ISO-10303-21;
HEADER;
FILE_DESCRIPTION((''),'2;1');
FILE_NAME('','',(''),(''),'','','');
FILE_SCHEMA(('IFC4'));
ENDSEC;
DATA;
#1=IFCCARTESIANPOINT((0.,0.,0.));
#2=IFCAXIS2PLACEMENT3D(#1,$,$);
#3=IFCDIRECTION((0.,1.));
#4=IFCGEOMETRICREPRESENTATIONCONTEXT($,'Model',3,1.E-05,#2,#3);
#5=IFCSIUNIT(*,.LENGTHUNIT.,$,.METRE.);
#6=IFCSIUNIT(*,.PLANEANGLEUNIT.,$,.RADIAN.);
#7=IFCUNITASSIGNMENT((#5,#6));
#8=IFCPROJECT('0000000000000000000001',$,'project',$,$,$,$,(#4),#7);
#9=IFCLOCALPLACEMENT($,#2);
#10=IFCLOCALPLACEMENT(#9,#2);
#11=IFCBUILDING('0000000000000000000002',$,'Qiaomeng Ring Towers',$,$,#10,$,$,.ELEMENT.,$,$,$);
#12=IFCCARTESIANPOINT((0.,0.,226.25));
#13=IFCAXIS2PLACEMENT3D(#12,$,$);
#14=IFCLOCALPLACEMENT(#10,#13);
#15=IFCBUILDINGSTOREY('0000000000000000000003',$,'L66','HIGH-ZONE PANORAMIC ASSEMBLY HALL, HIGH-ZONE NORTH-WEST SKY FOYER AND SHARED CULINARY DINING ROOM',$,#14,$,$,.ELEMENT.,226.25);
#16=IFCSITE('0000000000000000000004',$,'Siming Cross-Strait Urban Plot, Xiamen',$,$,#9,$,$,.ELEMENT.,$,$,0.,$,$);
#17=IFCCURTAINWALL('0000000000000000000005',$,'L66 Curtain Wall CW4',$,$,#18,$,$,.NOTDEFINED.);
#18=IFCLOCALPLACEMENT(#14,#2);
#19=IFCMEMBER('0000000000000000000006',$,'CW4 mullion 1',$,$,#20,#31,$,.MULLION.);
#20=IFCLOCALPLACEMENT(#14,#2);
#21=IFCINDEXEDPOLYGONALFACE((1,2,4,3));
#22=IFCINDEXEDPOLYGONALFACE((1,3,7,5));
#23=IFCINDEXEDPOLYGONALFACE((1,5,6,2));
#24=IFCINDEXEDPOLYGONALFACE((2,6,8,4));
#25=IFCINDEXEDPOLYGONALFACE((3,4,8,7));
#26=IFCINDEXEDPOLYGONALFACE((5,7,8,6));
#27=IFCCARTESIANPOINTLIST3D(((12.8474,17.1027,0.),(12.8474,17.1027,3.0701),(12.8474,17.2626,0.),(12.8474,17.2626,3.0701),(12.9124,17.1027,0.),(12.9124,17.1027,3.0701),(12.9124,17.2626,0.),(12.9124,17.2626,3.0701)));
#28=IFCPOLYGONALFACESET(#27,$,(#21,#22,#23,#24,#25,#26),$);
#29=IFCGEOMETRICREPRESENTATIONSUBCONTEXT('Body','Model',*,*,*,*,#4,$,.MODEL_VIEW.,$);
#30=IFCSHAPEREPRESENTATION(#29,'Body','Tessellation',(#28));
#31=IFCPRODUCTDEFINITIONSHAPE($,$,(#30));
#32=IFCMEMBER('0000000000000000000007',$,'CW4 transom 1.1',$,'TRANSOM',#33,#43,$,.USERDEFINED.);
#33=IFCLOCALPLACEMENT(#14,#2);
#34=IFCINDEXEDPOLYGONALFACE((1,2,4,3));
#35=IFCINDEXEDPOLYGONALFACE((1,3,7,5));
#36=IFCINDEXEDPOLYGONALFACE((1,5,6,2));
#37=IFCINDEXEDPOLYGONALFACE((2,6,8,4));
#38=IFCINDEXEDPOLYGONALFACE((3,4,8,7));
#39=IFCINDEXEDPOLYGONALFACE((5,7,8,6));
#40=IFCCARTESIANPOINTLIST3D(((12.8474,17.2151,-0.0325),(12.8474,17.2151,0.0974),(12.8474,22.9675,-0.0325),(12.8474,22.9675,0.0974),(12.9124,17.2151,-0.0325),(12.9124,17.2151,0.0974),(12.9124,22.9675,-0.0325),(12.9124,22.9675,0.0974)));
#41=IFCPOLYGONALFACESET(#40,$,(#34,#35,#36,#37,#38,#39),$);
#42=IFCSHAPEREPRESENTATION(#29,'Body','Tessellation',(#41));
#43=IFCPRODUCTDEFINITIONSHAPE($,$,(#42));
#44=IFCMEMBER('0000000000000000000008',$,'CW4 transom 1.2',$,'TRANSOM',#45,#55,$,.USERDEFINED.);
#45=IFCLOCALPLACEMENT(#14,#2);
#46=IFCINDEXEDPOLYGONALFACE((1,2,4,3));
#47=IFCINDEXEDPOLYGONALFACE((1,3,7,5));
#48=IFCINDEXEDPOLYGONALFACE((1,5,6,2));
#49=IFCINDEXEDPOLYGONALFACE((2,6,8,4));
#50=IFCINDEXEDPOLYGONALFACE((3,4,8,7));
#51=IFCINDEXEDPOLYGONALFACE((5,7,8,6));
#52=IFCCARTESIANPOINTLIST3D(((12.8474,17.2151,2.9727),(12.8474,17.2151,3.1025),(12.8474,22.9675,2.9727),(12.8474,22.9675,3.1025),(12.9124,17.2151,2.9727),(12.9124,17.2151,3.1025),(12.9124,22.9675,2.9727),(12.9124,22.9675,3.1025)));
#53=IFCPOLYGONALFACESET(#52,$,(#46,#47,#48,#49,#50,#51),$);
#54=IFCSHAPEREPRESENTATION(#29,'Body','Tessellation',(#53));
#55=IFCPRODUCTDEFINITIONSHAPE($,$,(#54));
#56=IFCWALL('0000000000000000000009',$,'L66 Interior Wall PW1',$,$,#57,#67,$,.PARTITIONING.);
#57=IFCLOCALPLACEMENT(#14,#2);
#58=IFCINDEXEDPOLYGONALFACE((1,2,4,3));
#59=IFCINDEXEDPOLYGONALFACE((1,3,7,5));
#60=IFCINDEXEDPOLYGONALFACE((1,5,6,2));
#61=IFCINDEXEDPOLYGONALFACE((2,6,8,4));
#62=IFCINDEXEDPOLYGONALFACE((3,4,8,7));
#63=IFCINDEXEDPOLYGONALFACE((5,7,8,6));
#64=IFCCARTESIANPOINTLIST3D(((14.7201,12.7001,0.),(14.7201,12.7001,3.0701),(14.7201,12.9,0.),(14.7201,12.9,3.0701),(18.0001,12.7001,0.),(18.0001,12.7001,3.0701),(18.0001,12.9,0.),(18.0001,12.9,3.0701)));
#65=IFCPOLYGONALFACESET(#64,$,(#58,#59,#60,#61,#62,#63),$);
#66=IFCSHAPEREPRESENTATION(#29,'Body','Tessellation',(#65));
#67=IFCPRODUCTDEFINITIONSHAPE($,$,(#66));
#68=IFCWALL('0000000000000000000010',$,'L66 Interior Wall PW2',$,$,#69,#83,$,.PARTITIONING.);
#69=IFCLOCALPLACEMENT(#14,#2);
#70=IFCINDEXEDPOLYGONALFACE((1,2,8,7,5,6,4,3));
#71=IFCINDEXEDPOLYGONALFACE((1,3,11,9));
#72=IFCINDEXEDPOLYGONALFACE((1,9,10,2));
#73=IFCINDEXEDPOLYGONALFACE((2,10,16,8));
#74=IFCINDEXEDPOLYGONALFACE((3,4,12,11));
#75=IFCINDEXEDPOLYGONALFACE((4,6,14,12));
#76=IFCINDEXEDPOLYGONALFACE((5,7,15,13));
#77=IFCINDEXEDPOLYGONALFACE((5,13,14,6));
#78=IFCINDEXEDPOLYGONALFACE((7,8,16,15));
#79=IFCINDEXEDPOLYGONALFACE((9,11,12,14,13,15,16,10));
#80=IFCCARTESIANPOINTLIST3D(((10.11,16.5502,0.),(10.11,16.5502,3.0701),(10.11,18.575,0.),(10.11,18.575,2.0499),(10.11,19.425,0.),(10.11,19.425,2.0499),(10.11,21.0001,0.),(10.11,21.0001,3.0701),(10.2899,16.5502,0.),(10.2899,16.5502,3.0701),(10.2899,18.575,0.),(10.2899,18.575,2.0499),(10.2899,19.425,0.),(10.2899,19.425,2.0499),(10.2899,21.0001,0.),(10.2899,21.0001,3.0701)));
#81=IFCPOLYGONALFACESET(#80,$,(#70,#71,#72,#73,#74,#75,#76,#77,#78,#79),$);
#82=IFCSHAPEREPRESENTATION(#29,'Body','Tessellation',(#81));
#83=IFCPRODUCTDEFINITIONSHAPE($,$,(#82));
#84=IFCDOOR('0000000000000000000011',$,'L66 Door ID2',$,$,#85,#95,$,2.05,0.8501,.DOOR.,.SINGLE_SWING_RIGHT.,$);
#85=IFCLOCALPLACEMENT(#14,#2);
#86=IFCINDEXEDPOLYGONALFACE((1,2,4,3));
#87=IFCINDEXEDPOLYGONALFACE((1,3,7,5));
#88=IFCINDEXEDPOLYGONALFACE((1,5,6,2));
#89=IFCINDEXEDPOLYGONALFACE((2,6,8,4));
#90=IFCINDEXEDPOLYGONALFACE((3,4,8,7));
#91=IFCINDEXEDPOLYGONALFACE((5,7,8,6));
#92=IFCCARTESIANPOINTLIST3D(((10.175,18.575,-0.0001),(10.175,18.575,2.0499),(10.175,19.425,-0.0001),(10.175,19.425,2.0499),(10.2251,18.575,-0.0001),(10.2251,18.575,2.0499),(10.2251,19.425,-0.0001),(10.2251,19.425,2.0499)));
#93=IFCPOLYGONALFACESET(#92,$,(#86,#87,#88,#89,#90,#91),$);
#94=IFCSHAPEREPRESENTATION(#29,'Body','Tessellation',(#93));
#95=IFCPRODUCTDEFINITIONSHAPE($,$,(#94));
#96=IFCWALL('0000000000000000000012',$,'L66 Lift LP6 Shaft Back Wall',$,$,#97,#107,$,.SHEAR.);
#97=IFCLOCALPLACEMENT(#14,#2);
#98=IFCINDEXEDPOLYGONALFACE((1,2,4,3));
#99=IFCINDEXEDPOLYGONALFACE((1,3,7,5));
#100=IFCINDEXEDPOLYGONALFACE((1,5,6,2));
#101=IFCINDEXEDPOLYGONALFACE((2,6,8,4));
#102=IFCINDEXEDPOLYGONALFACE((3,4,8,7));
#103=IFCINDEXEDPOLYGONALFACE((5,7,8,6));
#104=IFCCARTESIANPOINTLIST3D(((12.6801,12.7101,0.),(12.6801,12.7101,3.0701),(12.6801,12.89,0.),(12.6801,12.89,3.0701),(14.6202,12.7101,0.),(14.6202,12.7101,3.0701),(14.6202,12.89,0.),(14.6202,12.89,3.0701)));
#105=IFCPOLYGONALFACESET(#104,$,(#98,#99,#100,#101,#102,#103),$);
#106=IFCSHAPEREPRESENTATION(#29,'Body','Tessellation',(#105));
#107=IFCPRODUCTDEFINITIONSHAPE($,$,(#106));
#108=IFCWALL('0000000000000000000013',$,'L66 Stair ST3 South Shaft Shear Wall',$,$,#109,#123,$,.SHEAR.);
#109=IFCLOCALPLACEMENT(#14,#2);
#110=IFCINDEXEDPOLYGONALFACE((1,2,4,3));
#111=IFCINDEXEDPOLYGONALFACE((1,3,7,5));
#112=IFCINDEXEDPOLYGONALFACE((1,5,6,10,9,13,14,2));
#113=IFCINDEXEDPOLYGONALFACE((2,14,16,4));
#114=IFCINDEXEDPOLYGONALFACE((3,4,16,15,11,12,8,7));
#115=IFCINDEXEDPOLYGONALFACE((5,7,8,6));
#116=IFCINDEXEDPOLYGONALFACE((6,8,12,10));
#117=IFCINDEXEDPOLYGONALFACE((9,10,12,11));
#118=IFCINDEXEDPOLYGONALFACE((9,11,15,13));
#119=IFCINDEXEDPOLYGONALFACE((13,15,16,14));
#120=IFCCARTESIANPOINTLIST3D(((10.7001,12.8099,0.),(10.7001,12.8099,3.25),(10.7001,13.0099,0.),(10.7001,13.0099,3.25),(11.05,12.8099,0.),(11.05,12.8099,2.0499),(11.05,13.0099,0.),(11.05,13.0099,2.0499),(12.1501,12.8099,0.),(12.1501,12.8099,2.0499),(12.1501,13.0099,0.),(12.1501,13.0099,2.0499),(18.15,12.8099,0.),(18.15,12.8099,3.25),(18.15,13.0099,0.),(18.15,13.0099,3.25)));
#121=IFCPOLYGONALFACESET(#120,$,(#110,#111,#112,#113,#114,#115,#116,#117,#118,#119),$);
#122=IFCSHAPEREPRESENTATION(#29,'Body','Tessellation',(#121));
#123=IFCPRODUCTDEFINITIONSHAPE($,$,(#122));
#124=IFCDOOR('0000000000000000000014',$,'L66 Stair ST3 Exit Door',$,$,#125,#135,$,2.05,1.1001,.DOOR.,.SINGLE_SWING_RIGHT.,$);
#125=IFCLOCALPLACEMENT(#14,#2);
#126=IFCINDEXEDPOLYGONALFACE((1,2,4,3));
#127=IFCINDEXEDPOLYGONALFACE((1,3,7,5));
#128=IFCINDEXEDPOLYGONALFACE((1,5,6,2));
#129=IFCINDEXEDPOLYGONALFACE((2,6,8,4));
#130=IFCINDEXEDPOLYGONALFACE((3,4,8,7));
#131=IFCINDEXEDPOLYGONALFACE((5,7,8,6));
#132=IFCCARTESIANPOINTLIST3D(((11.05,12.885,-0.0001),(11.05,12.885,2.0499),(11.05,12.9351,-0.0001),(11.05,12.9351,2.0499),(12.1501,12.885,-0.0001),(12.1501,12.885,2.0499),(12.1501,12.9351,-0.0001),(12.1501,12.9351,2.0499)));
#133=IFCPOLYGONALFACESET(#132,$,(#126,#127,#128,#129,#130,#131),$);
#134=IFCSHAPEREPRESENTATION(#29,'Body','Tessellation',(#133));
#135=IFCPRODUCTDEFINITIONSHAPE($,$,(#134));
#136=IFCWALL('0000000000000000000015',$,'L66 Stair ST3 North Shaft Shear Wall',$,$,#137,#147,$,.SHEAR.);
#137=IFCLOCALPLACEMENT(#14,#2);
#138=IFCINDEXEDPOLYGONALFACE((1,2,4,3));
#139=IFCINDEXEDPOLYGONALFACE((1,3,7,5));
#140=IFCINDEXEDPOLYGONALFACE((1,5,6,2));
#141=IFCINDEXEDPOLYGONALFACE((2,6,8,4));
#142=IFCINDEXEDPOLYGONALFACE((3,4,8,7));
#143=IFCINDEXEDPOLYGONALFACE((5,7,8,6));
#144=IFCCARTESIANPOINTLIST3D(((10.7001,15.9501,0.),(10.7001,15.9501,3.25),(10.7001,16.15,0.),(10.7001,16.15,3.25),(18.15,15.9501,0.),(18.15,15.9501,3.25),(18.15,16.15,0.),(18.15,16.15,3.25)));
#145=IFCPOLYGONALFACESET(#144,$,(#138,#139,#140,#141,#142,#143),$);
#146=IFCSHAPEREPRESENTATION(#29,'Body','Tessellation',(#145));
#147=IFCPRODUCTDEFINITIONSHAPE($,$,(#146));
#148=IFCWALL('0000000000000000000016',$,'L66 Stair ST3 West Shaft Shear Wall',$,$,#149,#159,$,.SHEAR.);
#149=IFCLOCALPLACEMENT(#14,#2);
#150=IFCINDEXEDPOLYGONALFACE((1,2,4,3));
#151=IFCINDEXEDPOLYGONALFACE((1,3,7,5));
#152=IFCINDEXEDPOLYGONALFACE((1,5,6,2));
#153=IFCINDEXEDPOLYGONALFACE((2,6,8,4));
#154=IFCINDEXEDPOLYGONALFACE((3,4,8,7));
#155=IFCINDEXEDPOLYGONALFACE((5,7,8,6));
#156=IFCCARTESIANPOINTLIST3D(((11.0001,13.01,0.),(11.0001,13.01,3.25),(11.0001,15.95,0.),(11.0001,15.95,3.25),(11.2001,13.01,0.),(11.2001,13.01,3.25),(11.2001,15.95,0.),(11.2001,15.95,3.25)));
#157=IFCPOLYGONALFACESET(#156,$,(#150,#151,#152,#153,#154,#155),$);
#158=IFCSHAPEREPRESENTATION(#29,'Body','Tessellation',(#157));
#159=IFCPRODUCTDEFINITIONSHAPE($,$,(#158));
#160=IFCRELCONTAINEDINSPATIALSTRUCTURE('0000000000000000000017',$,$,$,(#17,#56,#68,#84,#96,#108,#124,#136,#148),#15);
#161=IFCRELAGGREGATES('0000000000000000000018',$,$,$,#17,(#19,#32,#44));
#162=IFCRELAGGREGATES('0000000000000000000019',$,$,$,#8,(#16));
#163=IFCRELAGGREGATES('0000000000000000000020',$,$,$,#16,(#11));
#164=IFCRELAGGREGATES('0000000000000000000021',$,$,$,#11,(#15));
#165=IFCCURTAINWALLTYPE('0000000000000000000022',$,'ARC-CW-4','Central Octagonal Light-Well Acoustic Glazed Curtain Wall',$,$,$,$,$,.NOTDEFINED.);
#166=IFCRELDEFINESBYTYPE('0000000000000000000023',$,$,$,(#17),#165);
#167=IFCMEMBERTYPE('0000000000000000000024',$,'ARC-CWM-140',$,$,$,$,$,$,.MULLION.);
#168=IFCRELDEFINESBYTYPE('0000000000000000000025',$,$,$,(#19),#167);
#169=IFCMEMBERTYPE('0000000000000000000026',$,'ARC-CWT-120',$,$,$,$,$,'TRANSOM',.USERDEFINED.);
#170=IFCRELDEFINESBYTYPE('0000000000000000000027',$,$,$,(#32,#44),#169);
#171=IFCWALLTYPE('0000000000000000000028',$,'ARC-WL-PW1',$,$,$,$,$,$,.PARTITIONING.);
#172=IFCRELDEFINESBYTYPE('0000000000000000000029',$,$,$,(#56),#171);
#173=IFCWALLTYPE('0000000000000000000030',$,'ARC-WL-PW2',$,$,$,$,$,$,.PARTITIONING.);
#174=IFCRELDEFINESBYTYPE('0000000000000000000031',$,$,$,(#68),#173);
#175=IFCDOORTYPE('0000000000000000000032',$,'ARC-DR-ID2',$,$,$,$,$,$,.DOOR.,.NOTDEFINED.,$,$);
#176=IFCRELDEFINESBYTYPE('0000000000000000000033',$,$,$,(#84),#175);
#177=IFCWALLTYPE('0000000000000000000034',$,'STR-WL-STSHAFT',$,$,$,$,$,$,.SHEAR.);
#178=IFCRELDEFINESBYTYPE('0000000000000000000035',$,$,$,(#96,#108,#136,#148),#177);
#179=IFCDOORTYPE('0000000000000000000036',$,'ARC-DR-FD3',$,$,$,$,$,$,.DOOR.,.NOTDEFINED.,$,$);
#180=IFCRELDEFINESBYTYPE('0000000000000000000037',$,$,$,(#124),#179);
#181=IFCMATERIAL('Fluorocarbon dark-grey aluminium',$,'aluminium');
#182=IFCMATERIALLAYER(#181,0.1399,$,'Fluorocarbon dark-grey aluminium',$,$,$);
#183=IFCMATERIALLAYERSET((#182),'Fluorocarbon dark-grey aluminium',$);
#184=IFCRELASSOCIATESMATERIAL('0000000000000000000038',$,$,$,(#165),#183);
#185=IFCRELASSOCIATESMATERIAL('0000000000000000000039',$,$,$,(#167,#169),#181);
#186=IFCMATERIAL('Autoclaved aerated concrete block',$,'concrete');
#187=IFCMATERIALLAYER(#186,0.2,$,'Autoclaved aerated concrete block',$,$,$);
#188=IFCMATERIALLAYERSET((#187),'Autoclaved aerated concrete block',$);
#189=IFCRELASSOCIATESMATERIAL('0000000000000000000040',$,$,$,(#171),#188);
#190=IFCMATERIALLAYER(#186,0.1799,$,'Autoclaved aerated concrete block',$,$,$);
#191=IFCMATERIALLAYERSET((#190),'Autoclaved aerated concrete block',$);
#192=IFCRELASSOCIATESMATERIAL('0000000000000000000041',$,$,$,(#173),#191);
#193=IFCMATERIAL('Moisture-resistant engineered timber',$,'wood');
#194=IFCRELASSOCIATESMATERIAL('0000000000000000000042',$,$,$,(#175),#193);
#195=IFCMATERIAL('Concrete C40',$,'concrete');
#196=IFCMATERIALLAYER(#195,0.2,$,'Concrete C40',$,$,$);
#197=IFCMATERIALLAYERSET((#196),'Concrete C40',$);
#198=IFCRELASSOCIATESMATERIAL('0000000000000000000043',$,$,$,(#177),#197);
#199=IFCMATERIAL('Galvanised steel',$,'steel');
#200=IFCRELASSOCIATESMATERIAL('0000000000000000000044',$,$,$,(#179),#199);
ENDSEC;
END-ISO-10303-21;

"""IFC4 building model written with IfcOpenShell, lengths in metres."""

from ifc_helpers import new_model, si_unit, direction, frame, frame_2d, origin, origin_2d, place, context, subcontext, project, spatial, rectangle, extrude, source, transform, mapped, material, layer, layer_set, material_profile, profile_set, type_object, element, fill, aggregate, save


model = new_model("IFC4")

# Units and contexts
model_context = context("Model", 3, precision=1e-05, world=origin(), true_north=direction((0.0, 1.0)))
body_context = subcontext(model_context, "Body", "Model", "MODEL_VIEW")
ifc_project = project(units=[si_unit("LENGTHUNIT", "METRE"), si_unit("PLANEANGLEUNIT", "RADIAN")], contexts=[model_context])

# Site, building, storey
site_placement = place(None, origin())
site = spatial("IfcSite", under=ifc_project, at=site_placement, Name="Siming Cross-Strait Urban Plot, Xiamen", CompositionType="ELEMENT", RefElevation=0.0)
building_placement = place(site_placement, origin())
building = spatial("IfcBuilding", under=site, at=building_placement, Name="Qiaomeng Ring Towers", CompositionType="ELEMENT")
storey_placement = place(building_placement, frame((0.0, 0.0, 226.25)))
storey = spatial("IfcBuildingStorey", under=building, at=storey_placement, Name="L66", Description="HIGH-ZONE PANORAMIC ASSEMBLY HALL, HIGH-ZONE NORTH-WEST SKY FOYER AND SHARED CULINARY DINING ROOM", CompositionType="ELEMENT", Elevation=226.25)

# Shared definitions
ifc_material_1 = material(Name="Concrete C40", Category="concrete")

# Curtain wall, members
ifc_material_2 = material(Name="Fluorocarbon dark-grey aluminium", Category="aluminium")
ifc_layer_1 = layer(ifc_material_2, 0.1399, Name="Fluorocarbon dark-grey aluminium")
ifc_layer_set_1 = layer_set([ifc_layer_1], Name="Fluorocarbon dark-grey aluminium")
curtain_wall_type = type_object("IfcCurtainWallType", Name="ARC-CW-4", Description="Central Octagonal Light-Well Acoustic Glazed Curtain Wall", PredefinedType="NOTDEFINED", material=ifc_layer_set_1)
curtain_wall_placement = place(storey_placement, origin())
curtain_wall = element("IfcCurtainWall", 1, at=curtain_wall_placement, inside=storey, type_object=curtain_wall_type, Name="L66 Curtain Wall CW4", PredefinedType="NOTDEFINED")
ifc_material_profile_1 = material_profile(ifc_material_2, rectangle(XDim=0.0649, YDim=0.1599, at=origin_2d()), Name="ALU MULL 65x160")
ifc_profile_set_1 = profile_set([ifc_material_profile_1], Name="Fluorocarbon dark-grey aluminium")
member_type_1 = type_object("IfcMemberType", Name="ARC-CWM-140", PredefinedType="MULLION", material=ifc_profile_set_1)
shared_shape_1 = source(origin(), body_context, "Body", "SweptSolid", [
    extrude(rectangle(XDim=0.0649, YDim=0.1599, at=origin_2d()), origin(), (0.0, 0.0, 1.0), 3.0701),
])
member_1_placement = place(storey_placement, frame((12.8799, 17.1826, 0.0), z_axis=(0.0, 0.0, 1.0), x_axis=(-1.0, 0.0, 0.0)))
member_1 = element("IfcMember", 2, at=member_1_placement, type_object=member_type_1, Name="CW4 mullion 1", PredefinedType="MULLION", context=body_context, shape_type="MappedRepresentation", body=[
    mapped(shared_shape_1, transform((0.0, 0.0, 0.0), x_axis=(1.0, 0.0, 0.0), y_axis=(0.0, 1.0, 0.0), z_axis=(0.0, 0.0, 1.0), scale=1.0)),
])
ifc_material_profile_2 = material_profile(ifc_material_2, rectangle(XDim=0.0649, YDim=0.1299, at=origin_2d()), Name="ALU TRAN 65x130")
ifc_profile_set_2 = profile_set([ifc_material_profile_2], Name="Fluorocarbon dark-grey aluminium")
member_type_2 = type_object("IfcMemberType", Name="ARC-CWT-120", ElementType="TRANSOM", PredefinedType="USERDEFINED", material=ifc_profile_set_2)
shared_shape_2 = source(origin(), body_context, "Body", "SweptSolid", [
    extrude(rectangle(XDim=0.0649, YDim=0.1299, at=origin_2d()), origin(), (0.0, 0.0, 1.0), 5.7524),
])
member_2_placement = place(storey_placement, frame((12.8799, 17.2151, 0.0325), z_axis=(0.0, 1.0, 0.0), x_axis=(-1.0, 0.0, 0.0)))
member_2 = element("IfcMember", 3, at=member_2_placement, type_object=member_type_2, Name="CW4 transom 1.1", ObjectType="TRANSOM", PredefinedType="USERDEFINED", context=body_context, shape_type="MappedRepresentation", body=[
    mapped(shared_shape_2, transform((0.0, 0.0, 0.0), x_axis=(1.0, 0.0, 0.0), y_axis=(0.0, 1.0, 0.0), z_axis=(0.0, 0.0, 1.0), scale=1.0)),
])
member_3_placement = place(storey_placement, frame((12.8799, 17.2151, 3.0376), z_axis=(0.0, 1.0, 0.0), x_axis=(-1.0, 0.0, 0.0)))
member_3 = element("IfcMember", 4, at=member_3_placement, type_object=member_type_2, Name="CW4 transom 1.2", ObjectType="TRANSOM", PredefinedType="USERDEFINED", context=body_context, shape_type="MappedRepresentation", body=[
    mapped(shared_shape_2, transform((0.0, 0.0, 0.0), x_axis=(1.0, 0.0, 0.0), y_axis=(0.0, 1.0, 0.0), z_axis=(0.0, 0.0, 1.0), scale=1.0)),
])
aggregate(curtain_wall, [member_1, member_2, member_3])

# Wall
ifc_material_3 = material(Name="Autoclaved aerated concrete block", Category="concrete")
ifc_layer_2 = layer(ifc_material_3, 0.2, Name="Autoclaved aerated concrete block")
ifc_layer_set_2 = layer_set([ifc_layer_2], Name="Autoclaved aerated concrete block")
wall_type_1 = type_object("IfcWallType", Name="ARC-WL-PW1", PredefinedType="PARTITIONING", material=ifc_layer_set_2)
wall_1_placement = place(storey_placement, frame((14.72, 12.8, 0.0), z_axis=(0.0, 0.0, 1.0), x_axis=(1.0, 0.0, 0.0)))
element("IfcWall", 5, at=wall_1_placement, inside=storey, type_object=wall_type_1, Name="L66 Interior Wall PW1", PredefinedType="PARTITIONING", context=body_context, shape_type="SweptSolid", body=[
    extrude(rectangle(XDim=3.28, YDim=0.2, at=frame_2d((1.6401, 0.0))), origin(), (0.0, 0.0, 1.0), 3.0701),
])

# Wall, opening, door
ifc_layer_3 = layer(ifc_material_3, 0.1799, Name="Autoclaved aerated concrete block")
ifc_layer_set_3 = layer_set([ifc_layer_3], Name="Autoclaved aerated concrete block")
wall_type_2 = type_object("IfcWallType", Name="ARC-WL-PW2", PredefinedType="PARTITIONING", material=ifc_layer_set_3)
wall_2_placement = place(storey_placement, frame((10.2, 16.55, 0.0), z_axis=(0.0, 0.0, 1.0), x_axis=(0.0, 1.0, 0.0)))
wall_2 = element("IfcWall", 6, at=wall_2_placement, inside=storey, type_object=wall_type_2, Name="L66 Interior Wall PW2", PredefinedType="PARTITIONING", context=body_context, shape_type="SweptSolid", body=[
    extrude(rectangle(XDim=4.45, YDim=0.1799, at=frame_2d((2.2251, 0.0))), origin(), (0.0, 0.0, 1.0), 3.0701),
])
opening_1_placement = place(wall_2_placement, frame((2.0249, 0.0, 0.0)))
opening_1 = element("IfcOpeningElement", 7, at=opening_1_placement, cuts=wall_2, PredefinedType="OPENING", context=body_context, shape_type="SweptSolid", body=[
    extrude(rectangle(XDim=0.8501, YDim=2.05, at=frame_2d((0.425, 1.0249))), frame((0.0, 0.0999, 0.0), z_axis=(0.0, -1.0, 0.0), x_axis=(1.0, 0.0, 0.0)), (0.0, 0.0, 1.0), 0.2),
])
ifc_material_4 = material(Name="Moisture-resistant engineered timber", Category="wood")
door_type_1 = type_object("IfcDoorType", Name="ARC-DR-ID2", OperationType="NOTDEFINED", PredefinedType="DOOR", material=ifc_material_4)
shared_shape_3 = source(origin(), body_context, "Body", "SweptSolid", [
    extrude(rectangle(XDim=0.8501, YDim=2.05, at=frame_2d((0.425, 1.0249))), frame((0.0, 0.0249, 0.0), z_axis=(0.0, -1.0, 0.0), x_axis=(1.0, 0.0, 0.0)), (0.0, 0.0, 1.0), 0.05),
])
door_1_placement = place(opening_1_placement, origin())
door_1 = element("IfcDoor", 8, at=door_1_placement, inside=storey, type_object=door_type_1, Name="L66 Door ID2", OperationType="SINGLE_SWING_RIGHT", OverallHeight=2.05, OverallWidth=0.8501, PredefinedType="DOOR", context=body_context, shape_type="MappedRepresentation", body=[
    mapped(shared_shape_3, transform((0.0, 0.0, 0.0), x_axis=(1.0, 0.0, 0.0), y_axis=(0.0, 1.0, 0.0), z_axis=(0.0, 0.0, 1.0), scale=1.0)),
])
fill(opening_1, door_1)

# Wall
ifc_layer_4 = layer(ifc_material_1, 0.2, Name="Concrete C40")
ifc_layer_set_4 = layer_set([ifc_layer_4], Name="Concrete C40")
wall_type_3 = type_object("IfcWallType", Name="STR-WL-STSHAFT", PredefinedType="SHEAR", material=ifc_layer_set_4)
wall_3_placement = place(storey_placement, frame((12.6799, 12.8, 0.0), z_axis=(0.0, 0.0, 1.0), x_axis=(1.0, 0.0, 0.0)))
element("IfcWall", 9, at=wall_3_placement, inside=storey, type_object=wall_type_3, Name="L66 Lift LP6 Shaft Back Wall", PredefinedType="SHEAR", context=body_context, shape_type="SweptSolid", body=[
    extrude(rectangle(XDim=1.9402, YDim=0.1799, at=frame_2d((0.9702, 0.0))), origin(), (0.0, 0.0, 1.0), 3.0701),
])

# Wall, opening, door
wall_4_placement = place(storey_placement, frame((10.7, 12.9099, 0.0), z_axis=(0.0, 0.0, 1.0), x_axis=(1.0, 0.0, 0.0)))
wall_4 = element("IfcWall", 10, at=wall_4_placement, inside=storey, type_object=wall_type_3, Name="L66 Stair ST3 South Shaft Shear Wall", PredefinedType="SHEAR", context=body_context, shape_type="SweptSolid", body=[
    extrude(rectangle(XDim=7.45, YDim=0.2, at=frame_2d((3.7251, 0.0))), origin(), (0.0, 0.0, 1.0), 3.25),
])
opening_2_placement = place(wall_4_placement, frame((0.3501, 0.0, 0.0)))
opening_2 = element("IfcOpeningElement", 11, at=opening_2_placement, cuts=wall_4, PredefinedType="OPENING", context=body_context, shape_type="SweptSolid", body=[
    extrude(rectangle(XDim=1.1001, YDim=2.05, at=frame_2d((0.55, 1.0249))), frame((0.0, 0.1099, 0.0), z_axis=(0.0, -1.0, 0.0), x_axis=(1.0, 0.0, 0.0)), (0.0, 0.0, 1.0), 0.22),
])
ifc_material_5 = material(Name="Galvanised steel", Category="steel")
door_type_2 = type_object("IfcDoorType", Name="ARC-DR-FD3", OperationType="NOTDEFINED", PredefinedType="DOOR", material=ifc_material_5)
shared_shape_4 = source(origin(), body_context, "Body", "SweptSolid", [
    extrude(rectangle(XDim=1.1001, YDim=2.05, at=frame_2d((0.55, 1.0249))), frame((0.0, 0.0249, 0.0), z_axis=(0.0, -1.0, 0.0), x_axis=(1.0, 0.0, 0.0)), (0.0, 0.0, 1.0), 0.05),
])
door_2_placement = place(opening_2_placement, frame((1.1001, 0.0, 0.0), z_axis=(0.0, 0.0, 1.0), x_axis=(-1.0, 0.0, 0.0)))
door_2 = element("IfcDoor", 12, at=door_2_placement, inside=storey, type_object=door_type_2, Name="L66 Stair ST3 Exit Door", OperationType="SINGLE_SWING_RIGHT", OverallHeight=2.05, OverallWidth=1.1001, PredefinedType="DOOR", context=body_context, shape_type="MappedRepresentation", body=[
    mapped(shared_shape_4, transform((0.0, 0.0, 0.0), x_axis=(1.0, 0.0, 0.0), y_axis=(0.0, 1.0, 0.0), z_axis=(0.0, 0.0, 1.0), scale=1.0)),
])
fill(opening_2, door_2)

# Walls
wall_5_placement = place(storey_placement, frame((10.7, 16.05, 0.0), z_axis=(0.0, 0.0, 1.0), x_axis=(1.0, 0.0, 0.0)))
element("IfcWall", 13, at=wall_5_placement, inside=storey, type_object=wall_type_3, Name="L66 Stair ST3 North Shaft Shear Wall", PredefinedType="SHEAR", context=body_context, shape_type="SweptSolid", body=[
    extrude(rectangle(XDim=7.45, YDim=0.2, at=frame_2d((3.7251, 0.0))), origin(), (0.0, 0.0, 1.0), 3.25),
])
wall_6_placement = place(storey_placement, frame((11.1001, 13.01, 0.0), z_axis=(0.0, 0.0, 1.0), x_axis=(0.0, 1.0, 0.0)))
element("IfcWall", 14, at=wall_6_placement, inside=storey, type_object=wall_type_3, Name="L66 Stair ST3 West Shaft Shear Wall", PredefinedType="SHEAR", context=body_context, shape_type="SweptSolid", body=[
    extrude(rectangle(XDim=2.9399, YDim=0.2, at=frame_2d((1.47, 0.0))), origin(), (0.0, 0.0, 1.0), 3.25),
])

save(model, "model.ifc")
